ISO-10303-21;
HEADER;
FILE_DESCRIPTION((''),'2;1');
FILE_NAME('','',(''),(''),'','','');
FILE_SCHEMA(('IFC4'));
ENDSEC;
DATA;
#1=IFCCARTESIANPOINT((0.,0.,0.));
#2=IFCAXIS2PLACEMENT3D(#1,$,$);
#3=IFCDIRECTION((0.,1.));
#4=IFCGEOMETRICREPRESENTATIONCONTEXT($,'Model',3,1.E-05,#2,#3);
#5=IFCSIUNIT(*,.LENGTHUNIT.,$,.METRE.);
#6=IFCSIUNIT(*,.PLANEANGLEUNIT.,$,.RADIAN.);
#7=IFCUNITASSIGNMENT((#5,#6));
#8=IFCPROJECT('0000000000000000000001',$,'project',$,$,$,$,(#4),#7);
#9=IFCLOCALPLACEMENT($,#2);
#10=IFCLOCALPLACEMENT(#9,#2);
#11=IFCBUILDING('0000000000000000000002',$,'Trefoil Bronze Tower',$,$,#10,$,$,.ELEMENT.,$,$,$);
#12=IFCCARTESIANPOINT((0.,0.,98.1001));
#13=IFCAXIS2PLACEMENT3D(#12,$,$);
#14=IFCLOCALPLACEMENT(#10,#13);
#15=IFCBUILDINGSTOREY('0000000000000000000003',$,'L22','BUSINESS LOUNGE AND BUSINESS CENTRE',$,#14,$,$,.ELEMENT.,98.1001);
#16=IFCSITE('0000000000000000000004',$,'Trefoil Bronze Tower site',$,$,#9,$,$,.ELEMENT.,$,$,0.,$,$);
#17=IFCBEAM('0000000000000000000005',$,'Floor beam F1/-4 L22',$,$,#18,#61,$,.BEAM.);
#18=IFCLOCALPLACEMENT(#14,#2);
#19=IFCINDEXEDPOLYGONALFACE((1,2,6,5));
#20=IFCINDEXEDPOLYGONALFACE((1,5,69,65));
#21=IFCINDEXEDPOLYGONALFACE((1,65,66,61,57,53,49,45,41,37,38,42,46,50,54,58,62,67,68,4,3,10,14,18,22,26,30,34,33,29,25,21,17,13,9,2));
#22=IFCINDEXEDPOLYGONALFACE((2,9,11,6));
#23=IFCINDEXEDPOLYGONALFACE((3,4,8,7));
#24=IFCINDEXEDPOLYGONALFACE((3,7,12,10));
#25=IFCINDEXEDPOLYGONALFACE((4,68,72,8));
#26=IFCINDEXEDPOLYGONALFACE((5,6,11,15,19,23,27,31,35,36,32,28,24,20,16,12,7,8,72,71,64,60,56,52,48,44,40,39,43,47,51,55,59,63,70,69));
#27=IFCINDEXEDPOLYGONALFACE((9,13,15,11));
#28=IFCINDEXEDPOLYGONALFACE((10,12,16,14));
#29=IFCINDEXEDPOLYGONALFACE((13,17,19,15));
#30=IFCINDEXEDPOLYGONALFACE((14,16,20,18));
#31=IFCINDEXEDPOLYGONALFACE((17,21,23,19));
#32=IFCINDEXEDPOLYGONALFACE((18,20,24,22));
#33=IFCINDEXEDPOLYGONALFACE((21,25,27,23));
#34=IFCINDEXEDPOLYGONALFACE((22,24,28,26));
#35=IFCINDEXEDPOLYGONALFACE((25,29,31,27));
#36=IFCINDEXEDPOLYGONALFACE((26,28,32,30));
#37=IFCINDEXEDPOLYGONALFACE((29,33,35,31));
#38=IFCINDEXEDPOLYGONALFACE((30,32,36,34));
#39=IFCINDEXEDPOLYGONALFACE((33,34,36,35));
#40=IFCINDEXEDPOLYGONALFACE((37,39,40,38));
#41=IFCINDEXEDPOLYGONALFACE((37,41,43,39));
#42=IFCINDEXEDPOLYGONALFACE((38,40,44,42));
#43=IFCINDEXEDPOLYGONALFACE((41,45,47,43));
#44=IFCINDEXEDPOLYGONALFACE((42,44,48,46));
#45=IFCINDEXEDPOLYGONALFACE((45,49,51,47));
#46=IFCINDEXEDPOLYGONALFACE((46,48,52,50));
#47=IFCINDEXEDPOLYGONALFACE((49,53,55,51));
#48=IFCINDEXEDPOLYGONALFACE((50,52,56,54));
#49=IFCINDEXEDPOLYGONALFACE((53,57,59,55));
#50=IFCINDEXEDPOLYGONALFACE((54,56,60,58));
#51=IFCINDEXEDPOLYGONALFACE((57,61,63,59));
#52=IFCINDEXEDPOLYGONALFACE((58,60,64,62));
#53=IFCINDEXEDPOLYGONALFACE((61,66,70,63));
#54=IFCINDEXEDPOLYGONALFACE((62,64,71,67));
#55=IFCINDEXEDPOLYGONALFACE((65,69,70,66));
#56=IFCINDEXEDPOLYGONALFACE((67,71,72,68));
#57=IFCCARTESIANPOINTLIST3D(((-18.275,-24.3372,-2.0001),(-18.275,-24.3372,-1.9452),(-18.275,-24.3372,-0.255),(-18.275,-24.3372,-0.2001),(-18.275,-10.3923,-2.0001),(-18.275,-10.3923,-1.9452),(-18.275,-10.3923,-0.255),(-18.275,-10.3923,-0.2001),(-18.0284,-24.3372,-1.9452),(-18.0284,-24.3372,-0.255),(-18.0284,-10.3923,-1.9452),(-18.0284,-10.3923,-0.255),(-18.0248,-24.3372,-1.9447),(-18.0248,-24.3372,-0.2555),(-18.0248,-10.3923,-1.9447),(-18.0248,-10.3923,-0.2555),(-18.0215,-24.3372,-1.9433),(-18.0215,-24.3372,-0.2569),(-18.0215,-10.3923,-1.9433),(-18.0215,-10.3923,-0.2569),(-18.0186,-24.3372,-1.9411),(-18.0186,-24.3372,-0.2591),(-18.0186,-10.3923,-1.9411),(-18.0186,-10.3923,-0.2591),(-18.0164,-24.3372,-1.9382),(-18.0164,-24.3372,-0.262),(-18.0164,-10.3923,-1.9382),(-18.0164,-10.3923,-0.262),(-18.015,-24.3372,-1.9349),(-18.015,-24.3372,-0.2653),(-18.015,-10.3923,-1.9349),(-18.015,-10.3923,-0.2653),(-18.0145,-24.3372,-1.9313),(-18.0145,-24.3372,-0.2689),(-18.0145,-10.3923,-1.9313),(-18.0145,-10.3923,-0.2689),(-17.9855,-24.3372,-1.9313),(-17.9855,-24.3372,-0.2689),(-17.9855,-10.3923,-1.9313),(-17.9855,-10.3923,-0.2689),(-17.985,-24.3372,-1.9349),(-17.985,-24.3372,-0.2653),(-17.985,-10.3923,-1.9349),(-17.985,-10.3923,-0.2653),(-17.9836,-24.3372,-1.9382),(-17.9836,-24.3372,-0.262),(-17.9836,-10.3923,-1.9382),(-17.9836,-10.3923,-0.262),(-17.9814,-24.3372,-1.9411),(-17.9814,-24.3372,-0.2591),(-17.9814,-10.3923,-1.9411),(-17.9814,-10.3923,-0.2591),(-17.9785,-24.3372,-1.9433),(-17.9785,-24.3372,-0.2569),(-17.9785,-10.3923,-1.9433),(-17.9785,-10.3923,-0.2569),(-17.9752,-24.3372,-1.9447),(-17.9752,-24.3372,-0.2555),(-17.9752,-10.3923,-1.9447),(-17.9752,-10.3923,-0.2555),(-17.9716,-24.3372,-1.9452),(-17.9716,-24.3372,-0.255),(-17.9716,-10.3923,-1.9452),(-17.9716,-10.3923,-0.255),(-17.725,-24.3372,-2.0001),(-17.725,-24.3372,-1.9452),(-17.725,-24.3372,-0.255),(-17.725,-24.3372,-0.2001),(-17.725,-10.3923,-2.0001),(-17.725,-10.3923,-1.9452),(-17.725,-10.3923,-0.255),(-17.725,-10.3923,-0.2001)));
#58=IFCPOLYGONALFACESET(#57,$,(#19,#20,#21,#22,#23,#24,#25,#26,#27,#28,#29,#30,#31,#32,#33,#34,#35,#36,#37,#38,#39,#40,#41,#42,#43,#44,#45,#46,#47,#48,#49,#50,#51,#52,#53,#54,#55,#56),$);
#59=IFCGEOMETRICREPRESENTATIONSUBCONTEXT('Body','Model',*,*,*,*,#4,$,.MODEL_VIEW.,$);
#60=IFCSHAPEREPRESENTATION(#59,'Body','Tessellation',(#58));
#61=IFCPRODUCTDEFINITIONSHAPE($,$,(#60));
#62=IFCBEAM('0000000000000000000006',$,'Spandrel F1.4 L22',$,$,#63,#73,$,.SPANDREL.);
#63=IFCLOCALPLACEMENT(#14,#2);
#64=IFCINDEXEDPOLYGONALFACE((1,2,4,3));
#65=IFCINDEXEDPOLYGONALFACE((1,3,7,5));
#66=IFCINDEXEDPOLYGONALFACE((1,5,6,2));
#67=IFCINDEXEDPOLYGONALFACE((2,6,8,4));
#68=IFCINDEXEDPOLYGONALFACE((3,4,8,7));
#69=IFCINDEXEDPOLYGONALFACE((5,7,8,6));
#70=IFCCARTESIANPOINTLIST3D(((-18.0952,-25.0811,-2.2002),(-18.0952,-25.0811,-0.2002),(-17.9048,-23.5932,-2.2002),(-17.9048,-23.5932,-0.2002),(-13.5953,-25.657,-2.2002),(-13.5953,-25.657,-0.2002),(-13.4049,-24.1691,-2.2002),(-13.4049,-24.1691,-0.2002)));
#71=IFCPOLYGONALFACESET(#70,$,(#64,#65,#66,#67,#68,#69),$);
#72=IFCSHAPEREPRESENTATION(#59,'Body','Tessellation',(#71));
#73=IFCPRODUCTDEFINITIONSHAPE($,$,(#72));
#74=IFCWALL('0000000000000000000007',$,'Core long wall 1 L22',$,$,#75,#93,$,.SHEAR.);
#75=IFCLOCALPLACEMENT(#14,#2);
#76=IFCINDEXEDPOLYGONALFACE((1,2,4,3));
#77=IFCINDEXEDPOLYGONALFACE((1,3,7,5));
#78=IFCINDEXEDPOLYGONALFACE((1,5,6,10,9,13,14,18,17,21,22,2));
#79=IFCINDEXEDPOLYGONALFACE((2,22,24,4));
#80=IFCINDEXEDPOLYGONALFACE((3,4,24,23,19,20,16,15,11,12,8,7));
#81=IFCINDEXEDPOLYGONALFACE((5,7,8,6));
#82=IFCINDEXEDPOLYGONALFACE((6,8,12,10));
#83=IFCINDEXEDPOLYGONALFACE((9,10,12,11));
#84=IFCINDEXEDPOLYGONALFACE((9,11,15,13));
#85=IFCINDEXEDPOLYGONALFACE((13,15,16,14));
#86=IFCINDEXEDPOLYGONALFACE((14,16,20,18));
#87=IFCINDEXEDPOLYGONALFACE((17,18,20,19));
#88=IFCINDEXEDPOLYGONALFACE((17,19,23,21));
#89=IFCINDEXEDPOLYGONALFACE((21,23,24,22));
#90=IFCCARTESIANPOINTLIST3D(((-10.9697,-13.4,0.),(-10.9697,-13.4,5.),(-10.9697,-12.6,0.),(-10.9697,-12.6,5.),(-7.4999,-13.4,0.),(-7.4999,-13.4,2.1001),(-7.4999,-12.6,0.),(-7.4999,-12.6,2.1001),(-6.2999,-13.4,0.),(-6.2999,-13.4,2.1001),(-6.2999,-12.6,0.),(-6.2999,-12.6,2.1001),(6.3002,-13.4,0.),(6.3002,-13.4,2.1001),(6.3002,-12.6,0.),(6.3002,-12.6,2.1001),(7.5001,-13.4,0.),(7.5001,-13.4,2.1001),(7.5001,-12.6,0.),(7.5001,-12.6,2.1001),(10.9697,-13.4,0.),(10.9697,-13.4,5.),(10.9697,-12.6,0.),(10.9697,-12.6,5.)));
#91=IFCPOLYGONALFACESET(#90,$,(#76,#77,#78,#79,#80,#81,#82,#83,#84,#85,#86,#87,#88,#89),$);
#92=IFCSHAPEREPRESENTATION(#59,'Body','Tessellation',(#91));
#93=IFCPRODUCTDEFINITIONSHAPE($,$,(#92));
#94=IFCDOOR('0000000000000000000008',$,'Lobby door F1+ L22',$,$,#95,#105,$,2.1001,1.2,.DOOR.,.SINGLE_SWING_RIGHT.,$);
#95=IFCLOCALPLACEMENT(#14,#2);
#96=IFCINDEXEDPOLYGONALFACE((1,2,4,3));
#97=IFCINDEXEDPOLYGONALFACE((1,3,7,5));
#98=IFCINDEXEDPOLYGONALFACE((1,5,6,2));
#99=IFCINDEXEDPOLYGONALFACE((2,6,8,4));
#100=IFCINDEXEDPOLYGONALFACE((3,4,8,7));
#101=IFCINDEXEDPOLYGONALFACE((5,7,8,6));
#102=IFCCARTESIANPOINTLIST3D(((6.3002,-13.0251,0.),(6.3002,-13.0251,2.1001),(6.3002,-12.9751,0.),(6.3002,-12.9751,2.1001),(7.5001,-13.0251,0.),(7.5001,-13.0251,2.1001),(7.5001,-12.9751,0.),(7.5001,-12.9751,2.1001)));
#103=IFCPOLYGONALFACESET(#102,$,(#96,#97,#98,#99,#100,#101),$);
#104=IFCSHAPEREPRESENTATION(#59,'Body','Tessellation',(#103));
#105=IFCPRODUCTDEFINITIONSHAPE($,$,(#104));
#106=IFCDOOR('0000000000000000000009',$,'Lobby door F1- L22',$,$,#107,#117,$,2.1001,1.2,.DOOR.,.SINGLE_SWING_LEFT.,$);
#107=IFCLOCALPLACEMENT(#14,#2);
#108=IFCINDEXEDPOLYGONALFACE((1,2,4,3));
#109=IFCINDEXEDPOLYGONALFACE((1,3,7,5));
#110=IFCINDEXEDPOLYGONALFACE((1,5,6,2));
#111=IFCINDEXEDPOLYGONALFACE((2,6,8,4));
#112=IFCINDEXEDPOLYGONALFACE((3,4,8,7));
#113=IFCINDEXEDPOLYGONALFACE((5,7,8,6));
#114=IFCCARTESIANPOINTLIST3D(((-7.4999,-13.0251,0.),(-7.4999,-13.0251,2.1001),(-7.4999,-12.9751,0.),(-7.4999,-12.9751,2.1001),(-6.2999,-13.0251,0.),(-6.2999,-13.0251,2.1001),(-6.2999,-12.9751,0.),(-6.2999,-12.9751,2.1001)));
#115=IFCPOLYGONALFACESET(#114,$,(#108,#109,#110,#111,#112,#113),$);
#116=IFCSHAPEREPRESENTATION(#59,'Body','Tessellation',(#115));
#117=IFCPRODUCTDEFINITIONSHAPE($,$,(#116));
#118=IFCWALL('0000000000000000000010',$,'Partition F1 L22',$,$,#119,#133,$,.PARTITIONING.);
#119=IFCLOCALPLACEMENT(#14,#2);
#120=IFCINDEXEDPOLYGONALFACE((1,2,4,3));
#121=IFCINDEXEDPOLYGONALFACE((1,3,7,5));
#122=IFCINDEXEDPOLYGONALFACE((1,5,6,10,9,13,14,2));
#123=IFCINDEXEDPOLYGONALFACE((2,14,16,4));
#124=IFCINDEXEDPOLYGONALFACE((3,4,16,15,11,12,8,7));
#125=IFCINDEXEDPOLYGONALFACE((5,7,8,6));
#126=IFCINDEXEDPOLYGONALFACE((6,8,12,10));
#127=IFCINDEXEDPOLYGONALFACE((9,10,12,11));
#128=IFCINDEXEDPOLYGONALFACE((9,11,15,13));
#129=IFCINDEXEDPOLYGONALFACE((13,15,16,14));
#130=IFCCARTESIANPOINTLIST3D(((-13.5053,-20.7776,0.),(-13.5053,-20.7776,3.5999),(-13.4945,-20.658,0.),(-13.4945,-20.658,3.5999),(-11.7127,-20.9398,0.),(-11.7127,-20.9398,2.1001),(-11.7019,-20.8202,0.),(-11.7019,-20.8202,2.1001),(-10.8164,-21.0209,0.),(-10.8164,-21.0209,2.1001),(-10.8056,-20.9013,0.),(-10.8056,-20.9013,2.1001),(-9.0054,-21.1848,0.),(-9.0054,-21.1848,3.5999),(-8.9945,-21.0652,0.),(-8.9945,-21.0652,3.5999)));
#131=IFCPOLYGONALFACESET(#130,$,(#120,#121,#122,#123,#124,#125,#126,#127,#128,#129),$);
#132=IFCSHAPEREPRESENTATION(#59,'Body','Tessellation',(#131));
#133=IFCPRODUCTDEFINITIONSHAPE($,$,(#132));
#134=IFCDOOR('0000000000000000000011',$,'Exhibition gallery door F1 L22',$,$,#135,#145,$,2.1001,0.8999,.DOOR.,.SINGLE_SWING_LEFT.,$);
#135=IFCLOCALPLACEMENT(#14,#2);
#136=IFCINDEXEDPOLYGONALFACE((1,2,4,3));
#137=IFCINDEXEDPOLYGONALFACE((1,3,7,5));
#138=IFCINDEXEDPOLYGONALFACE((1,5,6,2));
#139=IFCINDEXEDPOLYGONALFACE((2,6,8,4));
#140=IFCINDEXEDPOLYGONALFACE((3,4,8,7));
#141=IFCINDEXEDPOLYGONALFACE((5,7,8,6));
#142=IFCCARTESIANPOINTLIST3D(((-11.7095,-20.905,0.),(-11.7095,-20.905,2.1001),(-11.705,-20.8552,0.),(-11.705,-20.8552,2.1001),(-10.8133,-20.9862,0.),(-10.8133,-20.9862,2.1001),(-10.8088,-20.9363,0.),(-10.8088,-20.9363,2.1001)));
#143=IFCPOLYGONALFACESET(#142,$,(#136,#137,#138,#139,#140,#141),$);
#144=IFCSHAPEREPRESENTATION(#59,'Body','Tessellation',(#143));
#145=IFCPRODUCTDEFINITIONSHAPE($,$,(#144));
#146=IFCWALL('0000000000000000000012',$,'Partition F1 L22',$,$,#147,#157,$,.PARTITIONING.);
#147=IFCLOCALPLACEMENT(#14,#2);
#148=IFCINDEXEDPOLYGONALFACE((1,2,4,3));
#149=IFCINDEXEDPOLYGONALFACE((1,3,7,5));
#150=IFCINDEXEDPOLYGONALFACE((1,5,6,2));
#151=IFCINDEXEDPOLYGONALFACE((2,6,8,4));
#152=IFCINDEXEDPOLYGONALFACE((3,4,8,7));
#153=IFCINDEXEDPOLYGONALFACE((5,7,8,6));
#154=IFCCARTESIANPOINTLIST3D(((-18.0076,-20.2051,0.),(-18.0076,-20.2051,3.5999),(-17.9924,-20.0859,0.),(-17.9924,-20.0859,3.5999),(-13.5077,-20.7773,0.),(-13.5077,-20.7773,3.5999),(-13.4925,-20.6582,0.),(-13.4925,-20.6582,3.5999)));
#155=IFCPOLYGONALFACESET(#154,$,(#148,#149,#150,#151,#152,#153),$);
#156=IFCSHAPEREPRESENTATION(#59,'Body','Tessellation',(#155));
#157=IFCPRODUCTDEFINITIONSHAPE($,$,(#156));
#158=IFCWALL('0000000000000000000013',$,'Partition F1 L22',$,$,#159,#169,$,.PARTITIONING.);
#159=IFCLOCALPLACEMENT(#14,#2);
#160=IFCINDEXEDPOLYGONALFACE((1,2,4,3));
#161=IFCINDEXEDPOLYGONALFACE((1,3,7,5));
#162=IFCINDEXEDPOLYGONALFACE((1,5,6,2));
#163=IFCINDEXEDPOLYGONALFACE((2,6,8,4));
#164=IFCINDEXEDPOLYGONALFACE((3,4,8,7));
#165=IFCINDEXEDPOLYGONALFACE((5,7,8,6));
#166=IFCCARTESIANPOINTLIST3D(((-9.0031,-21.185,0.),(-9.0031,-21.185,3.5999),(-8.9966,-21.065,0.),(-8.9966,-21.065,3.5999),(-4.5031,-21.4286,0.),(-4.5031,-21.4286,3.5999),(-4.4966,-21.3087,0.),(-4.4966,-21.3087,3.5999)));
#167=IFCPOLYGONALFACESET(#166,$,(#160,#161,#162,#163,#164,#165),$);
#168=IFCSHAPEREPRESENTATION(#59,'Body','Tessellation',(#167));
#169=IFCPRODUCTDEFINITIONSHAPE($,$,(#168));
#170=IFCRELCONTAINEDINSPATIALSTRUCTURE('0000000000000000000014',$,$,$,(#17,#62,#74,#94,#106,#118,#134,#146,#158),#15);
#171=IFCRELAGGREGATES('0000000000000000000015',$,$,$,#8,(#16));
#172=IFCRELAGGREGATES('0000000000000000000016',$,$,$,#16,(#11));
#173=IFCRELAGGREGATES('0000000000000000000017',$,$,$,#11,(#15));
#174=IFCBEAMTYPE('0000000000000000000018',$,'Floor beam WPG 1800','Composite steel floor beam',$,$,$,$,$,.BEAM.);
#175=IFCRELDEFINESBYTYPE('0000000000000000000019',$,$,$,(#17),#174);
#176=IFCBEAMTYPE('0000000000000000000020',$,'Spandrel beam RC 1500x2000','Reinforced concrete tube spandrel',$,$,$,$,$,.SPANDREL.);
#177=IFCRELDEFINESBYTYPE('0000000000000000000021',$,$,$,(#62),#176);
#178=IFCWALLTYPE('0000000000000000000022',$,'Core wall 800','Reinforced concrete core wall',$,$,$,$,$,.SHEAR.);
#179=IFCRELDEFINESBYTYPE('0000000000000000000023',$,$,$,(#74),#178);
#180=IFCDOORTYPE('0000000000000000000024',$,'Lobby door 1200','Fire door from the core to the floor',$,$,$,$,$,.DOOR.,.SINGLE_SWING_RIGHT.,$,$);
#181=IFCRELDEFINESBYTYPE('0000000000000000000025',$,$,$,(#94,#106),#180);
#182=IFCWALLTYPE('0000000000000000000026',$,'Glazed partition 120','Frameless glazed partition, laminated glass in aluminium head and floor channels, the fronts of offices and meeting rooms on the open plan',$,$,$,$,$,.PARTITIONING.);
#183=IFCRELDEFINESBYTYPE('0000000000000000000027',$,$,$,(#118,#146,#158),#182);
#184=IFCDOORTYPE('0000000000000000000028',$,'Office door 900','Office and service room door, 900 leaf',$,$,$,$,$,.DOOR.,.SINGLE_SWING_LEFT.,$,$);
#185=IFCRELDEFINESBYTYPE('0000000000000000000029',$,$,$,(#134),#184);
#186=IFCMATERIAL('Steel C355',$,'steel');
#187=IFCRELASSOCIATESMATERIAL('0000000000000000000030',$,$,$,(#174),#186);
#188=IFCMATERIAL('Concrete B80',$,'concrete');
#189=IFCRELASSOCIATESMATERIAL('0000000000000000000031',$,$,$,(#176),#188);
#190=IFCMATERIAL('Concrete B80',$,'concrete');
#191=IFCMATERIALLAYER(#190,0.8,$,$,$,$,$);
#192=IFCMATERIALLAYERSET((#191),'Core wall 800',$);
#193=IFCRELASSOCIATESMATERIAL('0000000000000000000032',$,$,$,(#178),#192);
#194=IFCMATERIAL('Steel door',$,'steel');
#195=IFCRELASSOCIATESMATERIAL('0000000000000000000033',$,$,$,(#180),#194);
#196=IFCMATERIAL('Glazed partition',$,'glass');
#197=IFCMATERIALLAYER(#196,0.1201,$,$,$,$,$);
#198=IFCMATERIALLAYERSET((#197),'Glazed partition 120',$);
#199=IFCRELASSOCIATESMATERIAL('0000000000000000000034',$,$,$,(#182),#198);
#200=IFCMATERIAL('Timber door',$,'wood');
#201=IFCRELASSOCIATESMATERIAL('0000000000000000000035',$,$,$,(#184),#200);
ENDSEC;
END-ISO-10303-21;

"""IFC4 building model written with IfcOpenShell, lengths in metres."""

from ifc_helpers import new_model, si_unit, direction, frame, frame_2d, origin, origin_2d, place, context, subcontext, project, spatial, rectangle, i_section, extrude, material, layer, layer_set, material_profile, profile_set, type_object, element, fill, save


model = new_model("IFC4")

# Units and contexts
model_context = context("Model", 3, precision=1e-05, world=origin(), true_north=direction((0.0, 1.0)))
body_context = subcontext(model_context, "Body", "Model", "MODEL_VIEW")
ifc_project = project(units=[si_unit("LENGTHUNIT", "METRE"), si_unit("PLANEANGLEUNIT", "RADIAN")], contexts=[model_context])

# Site, building, storey
site_placement = place(None, origin())
site = spatial("IfcSite", under=ifc_project, at=site_placement, Name="Trefoil Bronze Tower site", CompositionType="ELEMENT", RefElevation=0.0)
building_placement = place(site_placement, origin())
building = spatial("IfcBuilding", under=site, at=building_placement, Name="Trefoil Bronze Tower", CompositionType="ELEMENT")
storey_placement = place(building_placement, frame((0.0, 0.0, 98.1001)))
storey = spatial("IfcBuildingStorey", under=building, at=storey_placement, Name="L22", Description="BUSINESS LOUNGE AND BUSINESS CENTRE", CompositionType="ELEMENT", Elevation=98.1001)

# Beams
ifc_material_1 = material(Name="Steel C355", Category="steel")
ifc_material_profile_1 = material_profile(ifc_material_1, i_section(OverallWidth=0.55, OverallDepth=1.8, WebThickness=0.0291, FlangeThickness=0.0549, FilletRadius=0.0139, at=origin_2d()), Name="WPG 1800")
ifc_profile_set_1 = profile_set([ifc_material_profile_1], Name="Steel C355")
beam_type_1 = type_object("IfcBeamType", Name="Floor beam WPG 1800", Description="Composite steel floor beam", PredefinedType="BEAM", material=ifc_profile_set_1)
beam_1_placement = place(storey_placement, frame((-18.0, -24.3372, -1.1001), z_axis=(0.0, 1.0, 0.0), x_axis=(-1.0, 0.0, 0.0)))
element("IfcBeam", 1, at=beam_1_placement, inside=storey, type_object=beam_type_1, Name="Floor beam F1/-4 L22", PredefinedType="BEAM", context=body_context, shape_type="SweptSolid", body=[
    extrude(i_section(OverallWidth=0.55, OverallDepth=1.8, WebThickness=0.0291, FlangeThickness=0.0549, FilletRadius=0.0139, at=origin_2d()), origin(), (0.0, 0.0, 1.0), 13.9448),
])
ifc_material_2 = material(Name="Concrete B80", Category="concrete")
ifc_material_profile_2 = material_profile(ifc_material_2, rectangle(XDim=1.5, YDim=2.0, at=origin_2d()), Name="RC 1500x2000")
ifc_profile_set_2 = profile_set([ifc_material_profile_2], Name="Concrete B80")
beam_type_2 = type_object("IfcBeamType", Name="Spandrel beam RC 1500x2000", Description="Reinforced concrete tube spandrel", PredefinedType="SPANDREL", material=ifc_profile_set_2)
beam_2_placement = place(storey_placement, frame((-18.0, -24.3372, -1.2002), z_axis=(0.991909, -0.126948, 0.0), x_axis=(0.126948, 0.991909, 0.0)))
element("IfcBeam", 2, at=beam_2_placement, inside=storey, type_object=beam_type_2, Name="Spandrel F1.4 L22", PredefinedType="SPANDREL", context=body_context, shape_type="SweptSolid", body=[
    extrude(rectangle(XDim=1.5, YDim=2.0, at=origin_2d()), origin(), (0.0, 0.0, 1.0), 4.5366),
])

# Wall, openings, doors
ifc_material_3 = material(Name="Concrete B80", Category="concrete")
ifc_layer_1 = layer(ifc_material_3, 0.8)
ifc_layer_set_1 = layer_set([ifc_layer_1], Name="Core wall 800")
wall_type_1 = type_object("IfcWallType", Name="Core wall 800", Description="Reinforced concrete core wall", PredefinedType="SHEAR", material=ifc_layer_set_1)
wall_1_placement = place(storey_placement, frame((-10.9697, -13.0, 0.0), z_axis=(0.0, 0.0, 1.0), x_axis=(1.0, 0.0, 0.0)))
wall_1 = element("IfcWall", 3, at=wall_1_placement, inside=storey, type_object=wall_type_1, Name="Core long wall 1 L22", PredefinedType="SHEAR", context=body_context, shape_type="SweptSolid", body=[
    extrude(rectangle(XDim=21.9395, YDim=0.8, at=frame_2d((10.9697, 0.0))), origin(), (0.0, 0.0, 1.0), 5.0),
])
opening_1_placement = place(wall_1_placement, frame((17.2698, 0.0, 0.0)))
opening_1 = element("IfcOpeningElement", 4, at=opening_1_placement, cuts=wall_1, PredefinedType="OPENING", context=body_context, shape_type="SweptSolid", body=[
    extrude(rectangle(XDim=1.2, YDim=2.1001, at=frame_2d((0.6001, 1.05))), frame((0.0, 0.4099, 0.0), z_axis=(0.0, -1.0, 0.0), x_axis=(1.0, 0.0, 0.0)), (0.0, 0.0, 1.0), 0.8201),
])
opening_2_placement = place(wall_1_placement, frame((3.4697, 0.0, 0.0)))
opening_2 = element("IfcOpeningElement", 5, at=opening_2_placement, cuts=wall_1, PredefinedType="OPENING", context=body_context, shape_type="SweptSolid", body=[
    extrude(rectangle(XDim=1.2, YDim=2.1001, at=frame_2d((0.6001, 1.05))), frame((0.0, 0.4099, 0.0), z_axis=(0.0, -1.0, 0.0), x_axis=(1.0, 0.0, 0.0)), (0.0, 0.0, 1.0), 0.8201),
])
ifc_material_4 = material(Name="Steel door", Category="steel")
door_type_1 = type_object("IfcDoorType", Name="Lobby door 1200", Description="Fire door from the core to the floor", OperationType="SINGLE_SWING_RIGHT", PredefinedType="DOOR", material=ifc_material_4)
door_1_placement = place(opening_1_placement, origin())
door_1 = element("IfcDoor", 6, at=door_1_placement, inside=storey, type_object=door_type_1, Name="Lobby door F1+ L22", OperationType="SINGLE_SWING_RIGHT", OverallHeight=2.1001, OverallWidth=1.2, PredefinedType="DOOR", context=body_context, shape_type="SweptSolid", body=[
    extrude(rectangle(XDim=1.2, YDim=2.1001, at=frame_2d((0.6001, 1.05))), frame((0.0, 0.0249, 0.0), z_axis=(0.0, -1.0, 0.0), x_axis=(1.0, 0.0, 0.0)), (0.0, 0.0, 1.0), 0.05),
])
fill(opening_1, door_1)
door_2_placement = place(opening_2_placement, origin())
door_2 = element("IfcDoor", 7, at=door_2_placement, inside=storey, type_object=door_type_1, Name="Lobby door F1- L22", OperationType="SINGLE_SWING_LEFT", OverallHeight=2.1001, OverallWidth=1.2, PredefinedType="DOOR", context=body_context, shape_type="SweptSolid", body=[
    extrude(rectangle(XDim=1.2, YDim=2.1001, at=frame_2d((0.6001, 1.05))), frame((0.0, 0.0249, 0.0), z_axis=(0.0, -1.0, 0.0), x_axis=(1.0, 0.0, 0.0)), (0.0, 0.0, 1.0), 0.05),
])
fill(opening_2, door_2)

# Wall, opening, door
ifc_material_5 = material(Name="Glazed partition", Category="glass")
ifc_layer_2 = layer(ifc_material_5, 0.1201)
ifc_layer_set_2 = layer_set([ifc_layer_2], Name="Glazed partition 120")
wall_type_2 = type_object("IfcWallType", Name="Glazed partition 120", Description="Frameless glazed partition, laminated glass in aluminium head and floor channels, the fronts of offices and meeting rooms on the open plan", PredefinedType="PARTITIONING", material=ifc_layer_set_2)
wall_2_placement = place(storey_placement, frame((-13.5, -20.7178, 0.0), z_axis=(0.0, 0.0, 1.0), x_axis=(0.99593, -0.090127, 0.0)))
wall_2 = element("IfcWall", 8, at=wall_2_placement, inside=storey, type_object=wall_type_2, Name="Partition F1 L22", PredefinedType="PARTITIONING", context=body_context, shape_type="SweptSolid", body=[
    extrude(rectangle(XDim=4.5183, YDim=0.1201, at=frame_2d((2.2593, 0.0))), origin(), (0.0, 0.0, 1.0), 3.5999),
])
opening_3_placement = place(wall_2_placement, frame((1.8, 0.0, 0.0)))
opening_3 = element("IfcOpeningElement", 9, at=opening_3_placement, cuts=wall_2, PredefinedType="OPENING", context=body_context, shape_type="SweptSolid", body=[
    extrude(rectangle(XDim=0.8999, YDim=2.1001, at=frame_2d((0.45, 1.05))), frame((0.0, 0.0701, 0.0), z_axis=(0.0, -1.0, 0.0), x_axis=(1.0, 0.0, 0.0)), (0.0, 0.0, 1.0), 0.1401),
])
ifc_material_6 = material(Name="Timber door", Category="wood")
door_type_2 = type_object("IfcDoorType", Name="Office door 900", Description="Office and service room door, 900 leaf", OperationType="SINGLE_SWING_LEFT", PredefinedType="DOOR", material=ifc_material_6)
door_3_placement = place(opening_3_placement, origin())
door_3 = element("IfcDoor", 10, at=door_3_placement, inside=storey, type_object=door_type_2, Name="Exhibition gallery door F1 L22", OperationType="SINGLE_SWING_LEFT", OverallHeight=2.1001, OverallWidth=0.8999, PredefinedType="DOOR", context=body_context, shape_type="SweptSolid", body=[
    extrude(rectangle(XDim=0.8999, YDim=2.1001, at=frame_2d((0.45, 1.05))), frame((0.0, 0.0249, 0.0), z_axis=(0.0, -1.0, 0.0), x_axis=(1.0, 0.0, 0.0)), (0.0, 0.0, 1.0), 0.05),
])
fill(opening_3, door_3)

# Walls
wall_3_placement = place(storey_placement, frame((-18.0, -20.1455, 0.0), z_axis=(0.0, 0.0, 1.0), x_axis=(0.992011, -0.126154, 0.0)))
element("IfcWall", 11, at=wall_3_placement, inside=storey, type_object=wall_type_2, Name="Partition F1 L22", PredefinedType="PARTITIONING", context=body_context, shape_type="SweptSolid", body=[
    extrude(rectangle(XDim=4.5361, YDim=0.1201, at=frame_2d((2.2681, 0.0))), origin(), (0.0, 0.0, 1.0), 3.5999),
])
wall_4_placement = place(storey_placement, frame((-9.0, -21.125, 0.0), z_axis=(0.0, 0.0, 1.0), x_axis=(0.998537, -0.054066, 0.0)))
element("IfcWall", 12, at=wall_4_placement, inside=storey, type_object=wall_type_2, Name="Partition F1 L22", PredefinedType="PARTITIONING", context=body_context, shape_type="SweptSolid", body=[
    extrude(rectangle(XDim=4.5066, YDim=0.1201, at=frame_2d((2.2534, 0.0))), origin(), (0.0, 0.0, 1.0), 3.5999),
])

save(model, "model.ifc")
